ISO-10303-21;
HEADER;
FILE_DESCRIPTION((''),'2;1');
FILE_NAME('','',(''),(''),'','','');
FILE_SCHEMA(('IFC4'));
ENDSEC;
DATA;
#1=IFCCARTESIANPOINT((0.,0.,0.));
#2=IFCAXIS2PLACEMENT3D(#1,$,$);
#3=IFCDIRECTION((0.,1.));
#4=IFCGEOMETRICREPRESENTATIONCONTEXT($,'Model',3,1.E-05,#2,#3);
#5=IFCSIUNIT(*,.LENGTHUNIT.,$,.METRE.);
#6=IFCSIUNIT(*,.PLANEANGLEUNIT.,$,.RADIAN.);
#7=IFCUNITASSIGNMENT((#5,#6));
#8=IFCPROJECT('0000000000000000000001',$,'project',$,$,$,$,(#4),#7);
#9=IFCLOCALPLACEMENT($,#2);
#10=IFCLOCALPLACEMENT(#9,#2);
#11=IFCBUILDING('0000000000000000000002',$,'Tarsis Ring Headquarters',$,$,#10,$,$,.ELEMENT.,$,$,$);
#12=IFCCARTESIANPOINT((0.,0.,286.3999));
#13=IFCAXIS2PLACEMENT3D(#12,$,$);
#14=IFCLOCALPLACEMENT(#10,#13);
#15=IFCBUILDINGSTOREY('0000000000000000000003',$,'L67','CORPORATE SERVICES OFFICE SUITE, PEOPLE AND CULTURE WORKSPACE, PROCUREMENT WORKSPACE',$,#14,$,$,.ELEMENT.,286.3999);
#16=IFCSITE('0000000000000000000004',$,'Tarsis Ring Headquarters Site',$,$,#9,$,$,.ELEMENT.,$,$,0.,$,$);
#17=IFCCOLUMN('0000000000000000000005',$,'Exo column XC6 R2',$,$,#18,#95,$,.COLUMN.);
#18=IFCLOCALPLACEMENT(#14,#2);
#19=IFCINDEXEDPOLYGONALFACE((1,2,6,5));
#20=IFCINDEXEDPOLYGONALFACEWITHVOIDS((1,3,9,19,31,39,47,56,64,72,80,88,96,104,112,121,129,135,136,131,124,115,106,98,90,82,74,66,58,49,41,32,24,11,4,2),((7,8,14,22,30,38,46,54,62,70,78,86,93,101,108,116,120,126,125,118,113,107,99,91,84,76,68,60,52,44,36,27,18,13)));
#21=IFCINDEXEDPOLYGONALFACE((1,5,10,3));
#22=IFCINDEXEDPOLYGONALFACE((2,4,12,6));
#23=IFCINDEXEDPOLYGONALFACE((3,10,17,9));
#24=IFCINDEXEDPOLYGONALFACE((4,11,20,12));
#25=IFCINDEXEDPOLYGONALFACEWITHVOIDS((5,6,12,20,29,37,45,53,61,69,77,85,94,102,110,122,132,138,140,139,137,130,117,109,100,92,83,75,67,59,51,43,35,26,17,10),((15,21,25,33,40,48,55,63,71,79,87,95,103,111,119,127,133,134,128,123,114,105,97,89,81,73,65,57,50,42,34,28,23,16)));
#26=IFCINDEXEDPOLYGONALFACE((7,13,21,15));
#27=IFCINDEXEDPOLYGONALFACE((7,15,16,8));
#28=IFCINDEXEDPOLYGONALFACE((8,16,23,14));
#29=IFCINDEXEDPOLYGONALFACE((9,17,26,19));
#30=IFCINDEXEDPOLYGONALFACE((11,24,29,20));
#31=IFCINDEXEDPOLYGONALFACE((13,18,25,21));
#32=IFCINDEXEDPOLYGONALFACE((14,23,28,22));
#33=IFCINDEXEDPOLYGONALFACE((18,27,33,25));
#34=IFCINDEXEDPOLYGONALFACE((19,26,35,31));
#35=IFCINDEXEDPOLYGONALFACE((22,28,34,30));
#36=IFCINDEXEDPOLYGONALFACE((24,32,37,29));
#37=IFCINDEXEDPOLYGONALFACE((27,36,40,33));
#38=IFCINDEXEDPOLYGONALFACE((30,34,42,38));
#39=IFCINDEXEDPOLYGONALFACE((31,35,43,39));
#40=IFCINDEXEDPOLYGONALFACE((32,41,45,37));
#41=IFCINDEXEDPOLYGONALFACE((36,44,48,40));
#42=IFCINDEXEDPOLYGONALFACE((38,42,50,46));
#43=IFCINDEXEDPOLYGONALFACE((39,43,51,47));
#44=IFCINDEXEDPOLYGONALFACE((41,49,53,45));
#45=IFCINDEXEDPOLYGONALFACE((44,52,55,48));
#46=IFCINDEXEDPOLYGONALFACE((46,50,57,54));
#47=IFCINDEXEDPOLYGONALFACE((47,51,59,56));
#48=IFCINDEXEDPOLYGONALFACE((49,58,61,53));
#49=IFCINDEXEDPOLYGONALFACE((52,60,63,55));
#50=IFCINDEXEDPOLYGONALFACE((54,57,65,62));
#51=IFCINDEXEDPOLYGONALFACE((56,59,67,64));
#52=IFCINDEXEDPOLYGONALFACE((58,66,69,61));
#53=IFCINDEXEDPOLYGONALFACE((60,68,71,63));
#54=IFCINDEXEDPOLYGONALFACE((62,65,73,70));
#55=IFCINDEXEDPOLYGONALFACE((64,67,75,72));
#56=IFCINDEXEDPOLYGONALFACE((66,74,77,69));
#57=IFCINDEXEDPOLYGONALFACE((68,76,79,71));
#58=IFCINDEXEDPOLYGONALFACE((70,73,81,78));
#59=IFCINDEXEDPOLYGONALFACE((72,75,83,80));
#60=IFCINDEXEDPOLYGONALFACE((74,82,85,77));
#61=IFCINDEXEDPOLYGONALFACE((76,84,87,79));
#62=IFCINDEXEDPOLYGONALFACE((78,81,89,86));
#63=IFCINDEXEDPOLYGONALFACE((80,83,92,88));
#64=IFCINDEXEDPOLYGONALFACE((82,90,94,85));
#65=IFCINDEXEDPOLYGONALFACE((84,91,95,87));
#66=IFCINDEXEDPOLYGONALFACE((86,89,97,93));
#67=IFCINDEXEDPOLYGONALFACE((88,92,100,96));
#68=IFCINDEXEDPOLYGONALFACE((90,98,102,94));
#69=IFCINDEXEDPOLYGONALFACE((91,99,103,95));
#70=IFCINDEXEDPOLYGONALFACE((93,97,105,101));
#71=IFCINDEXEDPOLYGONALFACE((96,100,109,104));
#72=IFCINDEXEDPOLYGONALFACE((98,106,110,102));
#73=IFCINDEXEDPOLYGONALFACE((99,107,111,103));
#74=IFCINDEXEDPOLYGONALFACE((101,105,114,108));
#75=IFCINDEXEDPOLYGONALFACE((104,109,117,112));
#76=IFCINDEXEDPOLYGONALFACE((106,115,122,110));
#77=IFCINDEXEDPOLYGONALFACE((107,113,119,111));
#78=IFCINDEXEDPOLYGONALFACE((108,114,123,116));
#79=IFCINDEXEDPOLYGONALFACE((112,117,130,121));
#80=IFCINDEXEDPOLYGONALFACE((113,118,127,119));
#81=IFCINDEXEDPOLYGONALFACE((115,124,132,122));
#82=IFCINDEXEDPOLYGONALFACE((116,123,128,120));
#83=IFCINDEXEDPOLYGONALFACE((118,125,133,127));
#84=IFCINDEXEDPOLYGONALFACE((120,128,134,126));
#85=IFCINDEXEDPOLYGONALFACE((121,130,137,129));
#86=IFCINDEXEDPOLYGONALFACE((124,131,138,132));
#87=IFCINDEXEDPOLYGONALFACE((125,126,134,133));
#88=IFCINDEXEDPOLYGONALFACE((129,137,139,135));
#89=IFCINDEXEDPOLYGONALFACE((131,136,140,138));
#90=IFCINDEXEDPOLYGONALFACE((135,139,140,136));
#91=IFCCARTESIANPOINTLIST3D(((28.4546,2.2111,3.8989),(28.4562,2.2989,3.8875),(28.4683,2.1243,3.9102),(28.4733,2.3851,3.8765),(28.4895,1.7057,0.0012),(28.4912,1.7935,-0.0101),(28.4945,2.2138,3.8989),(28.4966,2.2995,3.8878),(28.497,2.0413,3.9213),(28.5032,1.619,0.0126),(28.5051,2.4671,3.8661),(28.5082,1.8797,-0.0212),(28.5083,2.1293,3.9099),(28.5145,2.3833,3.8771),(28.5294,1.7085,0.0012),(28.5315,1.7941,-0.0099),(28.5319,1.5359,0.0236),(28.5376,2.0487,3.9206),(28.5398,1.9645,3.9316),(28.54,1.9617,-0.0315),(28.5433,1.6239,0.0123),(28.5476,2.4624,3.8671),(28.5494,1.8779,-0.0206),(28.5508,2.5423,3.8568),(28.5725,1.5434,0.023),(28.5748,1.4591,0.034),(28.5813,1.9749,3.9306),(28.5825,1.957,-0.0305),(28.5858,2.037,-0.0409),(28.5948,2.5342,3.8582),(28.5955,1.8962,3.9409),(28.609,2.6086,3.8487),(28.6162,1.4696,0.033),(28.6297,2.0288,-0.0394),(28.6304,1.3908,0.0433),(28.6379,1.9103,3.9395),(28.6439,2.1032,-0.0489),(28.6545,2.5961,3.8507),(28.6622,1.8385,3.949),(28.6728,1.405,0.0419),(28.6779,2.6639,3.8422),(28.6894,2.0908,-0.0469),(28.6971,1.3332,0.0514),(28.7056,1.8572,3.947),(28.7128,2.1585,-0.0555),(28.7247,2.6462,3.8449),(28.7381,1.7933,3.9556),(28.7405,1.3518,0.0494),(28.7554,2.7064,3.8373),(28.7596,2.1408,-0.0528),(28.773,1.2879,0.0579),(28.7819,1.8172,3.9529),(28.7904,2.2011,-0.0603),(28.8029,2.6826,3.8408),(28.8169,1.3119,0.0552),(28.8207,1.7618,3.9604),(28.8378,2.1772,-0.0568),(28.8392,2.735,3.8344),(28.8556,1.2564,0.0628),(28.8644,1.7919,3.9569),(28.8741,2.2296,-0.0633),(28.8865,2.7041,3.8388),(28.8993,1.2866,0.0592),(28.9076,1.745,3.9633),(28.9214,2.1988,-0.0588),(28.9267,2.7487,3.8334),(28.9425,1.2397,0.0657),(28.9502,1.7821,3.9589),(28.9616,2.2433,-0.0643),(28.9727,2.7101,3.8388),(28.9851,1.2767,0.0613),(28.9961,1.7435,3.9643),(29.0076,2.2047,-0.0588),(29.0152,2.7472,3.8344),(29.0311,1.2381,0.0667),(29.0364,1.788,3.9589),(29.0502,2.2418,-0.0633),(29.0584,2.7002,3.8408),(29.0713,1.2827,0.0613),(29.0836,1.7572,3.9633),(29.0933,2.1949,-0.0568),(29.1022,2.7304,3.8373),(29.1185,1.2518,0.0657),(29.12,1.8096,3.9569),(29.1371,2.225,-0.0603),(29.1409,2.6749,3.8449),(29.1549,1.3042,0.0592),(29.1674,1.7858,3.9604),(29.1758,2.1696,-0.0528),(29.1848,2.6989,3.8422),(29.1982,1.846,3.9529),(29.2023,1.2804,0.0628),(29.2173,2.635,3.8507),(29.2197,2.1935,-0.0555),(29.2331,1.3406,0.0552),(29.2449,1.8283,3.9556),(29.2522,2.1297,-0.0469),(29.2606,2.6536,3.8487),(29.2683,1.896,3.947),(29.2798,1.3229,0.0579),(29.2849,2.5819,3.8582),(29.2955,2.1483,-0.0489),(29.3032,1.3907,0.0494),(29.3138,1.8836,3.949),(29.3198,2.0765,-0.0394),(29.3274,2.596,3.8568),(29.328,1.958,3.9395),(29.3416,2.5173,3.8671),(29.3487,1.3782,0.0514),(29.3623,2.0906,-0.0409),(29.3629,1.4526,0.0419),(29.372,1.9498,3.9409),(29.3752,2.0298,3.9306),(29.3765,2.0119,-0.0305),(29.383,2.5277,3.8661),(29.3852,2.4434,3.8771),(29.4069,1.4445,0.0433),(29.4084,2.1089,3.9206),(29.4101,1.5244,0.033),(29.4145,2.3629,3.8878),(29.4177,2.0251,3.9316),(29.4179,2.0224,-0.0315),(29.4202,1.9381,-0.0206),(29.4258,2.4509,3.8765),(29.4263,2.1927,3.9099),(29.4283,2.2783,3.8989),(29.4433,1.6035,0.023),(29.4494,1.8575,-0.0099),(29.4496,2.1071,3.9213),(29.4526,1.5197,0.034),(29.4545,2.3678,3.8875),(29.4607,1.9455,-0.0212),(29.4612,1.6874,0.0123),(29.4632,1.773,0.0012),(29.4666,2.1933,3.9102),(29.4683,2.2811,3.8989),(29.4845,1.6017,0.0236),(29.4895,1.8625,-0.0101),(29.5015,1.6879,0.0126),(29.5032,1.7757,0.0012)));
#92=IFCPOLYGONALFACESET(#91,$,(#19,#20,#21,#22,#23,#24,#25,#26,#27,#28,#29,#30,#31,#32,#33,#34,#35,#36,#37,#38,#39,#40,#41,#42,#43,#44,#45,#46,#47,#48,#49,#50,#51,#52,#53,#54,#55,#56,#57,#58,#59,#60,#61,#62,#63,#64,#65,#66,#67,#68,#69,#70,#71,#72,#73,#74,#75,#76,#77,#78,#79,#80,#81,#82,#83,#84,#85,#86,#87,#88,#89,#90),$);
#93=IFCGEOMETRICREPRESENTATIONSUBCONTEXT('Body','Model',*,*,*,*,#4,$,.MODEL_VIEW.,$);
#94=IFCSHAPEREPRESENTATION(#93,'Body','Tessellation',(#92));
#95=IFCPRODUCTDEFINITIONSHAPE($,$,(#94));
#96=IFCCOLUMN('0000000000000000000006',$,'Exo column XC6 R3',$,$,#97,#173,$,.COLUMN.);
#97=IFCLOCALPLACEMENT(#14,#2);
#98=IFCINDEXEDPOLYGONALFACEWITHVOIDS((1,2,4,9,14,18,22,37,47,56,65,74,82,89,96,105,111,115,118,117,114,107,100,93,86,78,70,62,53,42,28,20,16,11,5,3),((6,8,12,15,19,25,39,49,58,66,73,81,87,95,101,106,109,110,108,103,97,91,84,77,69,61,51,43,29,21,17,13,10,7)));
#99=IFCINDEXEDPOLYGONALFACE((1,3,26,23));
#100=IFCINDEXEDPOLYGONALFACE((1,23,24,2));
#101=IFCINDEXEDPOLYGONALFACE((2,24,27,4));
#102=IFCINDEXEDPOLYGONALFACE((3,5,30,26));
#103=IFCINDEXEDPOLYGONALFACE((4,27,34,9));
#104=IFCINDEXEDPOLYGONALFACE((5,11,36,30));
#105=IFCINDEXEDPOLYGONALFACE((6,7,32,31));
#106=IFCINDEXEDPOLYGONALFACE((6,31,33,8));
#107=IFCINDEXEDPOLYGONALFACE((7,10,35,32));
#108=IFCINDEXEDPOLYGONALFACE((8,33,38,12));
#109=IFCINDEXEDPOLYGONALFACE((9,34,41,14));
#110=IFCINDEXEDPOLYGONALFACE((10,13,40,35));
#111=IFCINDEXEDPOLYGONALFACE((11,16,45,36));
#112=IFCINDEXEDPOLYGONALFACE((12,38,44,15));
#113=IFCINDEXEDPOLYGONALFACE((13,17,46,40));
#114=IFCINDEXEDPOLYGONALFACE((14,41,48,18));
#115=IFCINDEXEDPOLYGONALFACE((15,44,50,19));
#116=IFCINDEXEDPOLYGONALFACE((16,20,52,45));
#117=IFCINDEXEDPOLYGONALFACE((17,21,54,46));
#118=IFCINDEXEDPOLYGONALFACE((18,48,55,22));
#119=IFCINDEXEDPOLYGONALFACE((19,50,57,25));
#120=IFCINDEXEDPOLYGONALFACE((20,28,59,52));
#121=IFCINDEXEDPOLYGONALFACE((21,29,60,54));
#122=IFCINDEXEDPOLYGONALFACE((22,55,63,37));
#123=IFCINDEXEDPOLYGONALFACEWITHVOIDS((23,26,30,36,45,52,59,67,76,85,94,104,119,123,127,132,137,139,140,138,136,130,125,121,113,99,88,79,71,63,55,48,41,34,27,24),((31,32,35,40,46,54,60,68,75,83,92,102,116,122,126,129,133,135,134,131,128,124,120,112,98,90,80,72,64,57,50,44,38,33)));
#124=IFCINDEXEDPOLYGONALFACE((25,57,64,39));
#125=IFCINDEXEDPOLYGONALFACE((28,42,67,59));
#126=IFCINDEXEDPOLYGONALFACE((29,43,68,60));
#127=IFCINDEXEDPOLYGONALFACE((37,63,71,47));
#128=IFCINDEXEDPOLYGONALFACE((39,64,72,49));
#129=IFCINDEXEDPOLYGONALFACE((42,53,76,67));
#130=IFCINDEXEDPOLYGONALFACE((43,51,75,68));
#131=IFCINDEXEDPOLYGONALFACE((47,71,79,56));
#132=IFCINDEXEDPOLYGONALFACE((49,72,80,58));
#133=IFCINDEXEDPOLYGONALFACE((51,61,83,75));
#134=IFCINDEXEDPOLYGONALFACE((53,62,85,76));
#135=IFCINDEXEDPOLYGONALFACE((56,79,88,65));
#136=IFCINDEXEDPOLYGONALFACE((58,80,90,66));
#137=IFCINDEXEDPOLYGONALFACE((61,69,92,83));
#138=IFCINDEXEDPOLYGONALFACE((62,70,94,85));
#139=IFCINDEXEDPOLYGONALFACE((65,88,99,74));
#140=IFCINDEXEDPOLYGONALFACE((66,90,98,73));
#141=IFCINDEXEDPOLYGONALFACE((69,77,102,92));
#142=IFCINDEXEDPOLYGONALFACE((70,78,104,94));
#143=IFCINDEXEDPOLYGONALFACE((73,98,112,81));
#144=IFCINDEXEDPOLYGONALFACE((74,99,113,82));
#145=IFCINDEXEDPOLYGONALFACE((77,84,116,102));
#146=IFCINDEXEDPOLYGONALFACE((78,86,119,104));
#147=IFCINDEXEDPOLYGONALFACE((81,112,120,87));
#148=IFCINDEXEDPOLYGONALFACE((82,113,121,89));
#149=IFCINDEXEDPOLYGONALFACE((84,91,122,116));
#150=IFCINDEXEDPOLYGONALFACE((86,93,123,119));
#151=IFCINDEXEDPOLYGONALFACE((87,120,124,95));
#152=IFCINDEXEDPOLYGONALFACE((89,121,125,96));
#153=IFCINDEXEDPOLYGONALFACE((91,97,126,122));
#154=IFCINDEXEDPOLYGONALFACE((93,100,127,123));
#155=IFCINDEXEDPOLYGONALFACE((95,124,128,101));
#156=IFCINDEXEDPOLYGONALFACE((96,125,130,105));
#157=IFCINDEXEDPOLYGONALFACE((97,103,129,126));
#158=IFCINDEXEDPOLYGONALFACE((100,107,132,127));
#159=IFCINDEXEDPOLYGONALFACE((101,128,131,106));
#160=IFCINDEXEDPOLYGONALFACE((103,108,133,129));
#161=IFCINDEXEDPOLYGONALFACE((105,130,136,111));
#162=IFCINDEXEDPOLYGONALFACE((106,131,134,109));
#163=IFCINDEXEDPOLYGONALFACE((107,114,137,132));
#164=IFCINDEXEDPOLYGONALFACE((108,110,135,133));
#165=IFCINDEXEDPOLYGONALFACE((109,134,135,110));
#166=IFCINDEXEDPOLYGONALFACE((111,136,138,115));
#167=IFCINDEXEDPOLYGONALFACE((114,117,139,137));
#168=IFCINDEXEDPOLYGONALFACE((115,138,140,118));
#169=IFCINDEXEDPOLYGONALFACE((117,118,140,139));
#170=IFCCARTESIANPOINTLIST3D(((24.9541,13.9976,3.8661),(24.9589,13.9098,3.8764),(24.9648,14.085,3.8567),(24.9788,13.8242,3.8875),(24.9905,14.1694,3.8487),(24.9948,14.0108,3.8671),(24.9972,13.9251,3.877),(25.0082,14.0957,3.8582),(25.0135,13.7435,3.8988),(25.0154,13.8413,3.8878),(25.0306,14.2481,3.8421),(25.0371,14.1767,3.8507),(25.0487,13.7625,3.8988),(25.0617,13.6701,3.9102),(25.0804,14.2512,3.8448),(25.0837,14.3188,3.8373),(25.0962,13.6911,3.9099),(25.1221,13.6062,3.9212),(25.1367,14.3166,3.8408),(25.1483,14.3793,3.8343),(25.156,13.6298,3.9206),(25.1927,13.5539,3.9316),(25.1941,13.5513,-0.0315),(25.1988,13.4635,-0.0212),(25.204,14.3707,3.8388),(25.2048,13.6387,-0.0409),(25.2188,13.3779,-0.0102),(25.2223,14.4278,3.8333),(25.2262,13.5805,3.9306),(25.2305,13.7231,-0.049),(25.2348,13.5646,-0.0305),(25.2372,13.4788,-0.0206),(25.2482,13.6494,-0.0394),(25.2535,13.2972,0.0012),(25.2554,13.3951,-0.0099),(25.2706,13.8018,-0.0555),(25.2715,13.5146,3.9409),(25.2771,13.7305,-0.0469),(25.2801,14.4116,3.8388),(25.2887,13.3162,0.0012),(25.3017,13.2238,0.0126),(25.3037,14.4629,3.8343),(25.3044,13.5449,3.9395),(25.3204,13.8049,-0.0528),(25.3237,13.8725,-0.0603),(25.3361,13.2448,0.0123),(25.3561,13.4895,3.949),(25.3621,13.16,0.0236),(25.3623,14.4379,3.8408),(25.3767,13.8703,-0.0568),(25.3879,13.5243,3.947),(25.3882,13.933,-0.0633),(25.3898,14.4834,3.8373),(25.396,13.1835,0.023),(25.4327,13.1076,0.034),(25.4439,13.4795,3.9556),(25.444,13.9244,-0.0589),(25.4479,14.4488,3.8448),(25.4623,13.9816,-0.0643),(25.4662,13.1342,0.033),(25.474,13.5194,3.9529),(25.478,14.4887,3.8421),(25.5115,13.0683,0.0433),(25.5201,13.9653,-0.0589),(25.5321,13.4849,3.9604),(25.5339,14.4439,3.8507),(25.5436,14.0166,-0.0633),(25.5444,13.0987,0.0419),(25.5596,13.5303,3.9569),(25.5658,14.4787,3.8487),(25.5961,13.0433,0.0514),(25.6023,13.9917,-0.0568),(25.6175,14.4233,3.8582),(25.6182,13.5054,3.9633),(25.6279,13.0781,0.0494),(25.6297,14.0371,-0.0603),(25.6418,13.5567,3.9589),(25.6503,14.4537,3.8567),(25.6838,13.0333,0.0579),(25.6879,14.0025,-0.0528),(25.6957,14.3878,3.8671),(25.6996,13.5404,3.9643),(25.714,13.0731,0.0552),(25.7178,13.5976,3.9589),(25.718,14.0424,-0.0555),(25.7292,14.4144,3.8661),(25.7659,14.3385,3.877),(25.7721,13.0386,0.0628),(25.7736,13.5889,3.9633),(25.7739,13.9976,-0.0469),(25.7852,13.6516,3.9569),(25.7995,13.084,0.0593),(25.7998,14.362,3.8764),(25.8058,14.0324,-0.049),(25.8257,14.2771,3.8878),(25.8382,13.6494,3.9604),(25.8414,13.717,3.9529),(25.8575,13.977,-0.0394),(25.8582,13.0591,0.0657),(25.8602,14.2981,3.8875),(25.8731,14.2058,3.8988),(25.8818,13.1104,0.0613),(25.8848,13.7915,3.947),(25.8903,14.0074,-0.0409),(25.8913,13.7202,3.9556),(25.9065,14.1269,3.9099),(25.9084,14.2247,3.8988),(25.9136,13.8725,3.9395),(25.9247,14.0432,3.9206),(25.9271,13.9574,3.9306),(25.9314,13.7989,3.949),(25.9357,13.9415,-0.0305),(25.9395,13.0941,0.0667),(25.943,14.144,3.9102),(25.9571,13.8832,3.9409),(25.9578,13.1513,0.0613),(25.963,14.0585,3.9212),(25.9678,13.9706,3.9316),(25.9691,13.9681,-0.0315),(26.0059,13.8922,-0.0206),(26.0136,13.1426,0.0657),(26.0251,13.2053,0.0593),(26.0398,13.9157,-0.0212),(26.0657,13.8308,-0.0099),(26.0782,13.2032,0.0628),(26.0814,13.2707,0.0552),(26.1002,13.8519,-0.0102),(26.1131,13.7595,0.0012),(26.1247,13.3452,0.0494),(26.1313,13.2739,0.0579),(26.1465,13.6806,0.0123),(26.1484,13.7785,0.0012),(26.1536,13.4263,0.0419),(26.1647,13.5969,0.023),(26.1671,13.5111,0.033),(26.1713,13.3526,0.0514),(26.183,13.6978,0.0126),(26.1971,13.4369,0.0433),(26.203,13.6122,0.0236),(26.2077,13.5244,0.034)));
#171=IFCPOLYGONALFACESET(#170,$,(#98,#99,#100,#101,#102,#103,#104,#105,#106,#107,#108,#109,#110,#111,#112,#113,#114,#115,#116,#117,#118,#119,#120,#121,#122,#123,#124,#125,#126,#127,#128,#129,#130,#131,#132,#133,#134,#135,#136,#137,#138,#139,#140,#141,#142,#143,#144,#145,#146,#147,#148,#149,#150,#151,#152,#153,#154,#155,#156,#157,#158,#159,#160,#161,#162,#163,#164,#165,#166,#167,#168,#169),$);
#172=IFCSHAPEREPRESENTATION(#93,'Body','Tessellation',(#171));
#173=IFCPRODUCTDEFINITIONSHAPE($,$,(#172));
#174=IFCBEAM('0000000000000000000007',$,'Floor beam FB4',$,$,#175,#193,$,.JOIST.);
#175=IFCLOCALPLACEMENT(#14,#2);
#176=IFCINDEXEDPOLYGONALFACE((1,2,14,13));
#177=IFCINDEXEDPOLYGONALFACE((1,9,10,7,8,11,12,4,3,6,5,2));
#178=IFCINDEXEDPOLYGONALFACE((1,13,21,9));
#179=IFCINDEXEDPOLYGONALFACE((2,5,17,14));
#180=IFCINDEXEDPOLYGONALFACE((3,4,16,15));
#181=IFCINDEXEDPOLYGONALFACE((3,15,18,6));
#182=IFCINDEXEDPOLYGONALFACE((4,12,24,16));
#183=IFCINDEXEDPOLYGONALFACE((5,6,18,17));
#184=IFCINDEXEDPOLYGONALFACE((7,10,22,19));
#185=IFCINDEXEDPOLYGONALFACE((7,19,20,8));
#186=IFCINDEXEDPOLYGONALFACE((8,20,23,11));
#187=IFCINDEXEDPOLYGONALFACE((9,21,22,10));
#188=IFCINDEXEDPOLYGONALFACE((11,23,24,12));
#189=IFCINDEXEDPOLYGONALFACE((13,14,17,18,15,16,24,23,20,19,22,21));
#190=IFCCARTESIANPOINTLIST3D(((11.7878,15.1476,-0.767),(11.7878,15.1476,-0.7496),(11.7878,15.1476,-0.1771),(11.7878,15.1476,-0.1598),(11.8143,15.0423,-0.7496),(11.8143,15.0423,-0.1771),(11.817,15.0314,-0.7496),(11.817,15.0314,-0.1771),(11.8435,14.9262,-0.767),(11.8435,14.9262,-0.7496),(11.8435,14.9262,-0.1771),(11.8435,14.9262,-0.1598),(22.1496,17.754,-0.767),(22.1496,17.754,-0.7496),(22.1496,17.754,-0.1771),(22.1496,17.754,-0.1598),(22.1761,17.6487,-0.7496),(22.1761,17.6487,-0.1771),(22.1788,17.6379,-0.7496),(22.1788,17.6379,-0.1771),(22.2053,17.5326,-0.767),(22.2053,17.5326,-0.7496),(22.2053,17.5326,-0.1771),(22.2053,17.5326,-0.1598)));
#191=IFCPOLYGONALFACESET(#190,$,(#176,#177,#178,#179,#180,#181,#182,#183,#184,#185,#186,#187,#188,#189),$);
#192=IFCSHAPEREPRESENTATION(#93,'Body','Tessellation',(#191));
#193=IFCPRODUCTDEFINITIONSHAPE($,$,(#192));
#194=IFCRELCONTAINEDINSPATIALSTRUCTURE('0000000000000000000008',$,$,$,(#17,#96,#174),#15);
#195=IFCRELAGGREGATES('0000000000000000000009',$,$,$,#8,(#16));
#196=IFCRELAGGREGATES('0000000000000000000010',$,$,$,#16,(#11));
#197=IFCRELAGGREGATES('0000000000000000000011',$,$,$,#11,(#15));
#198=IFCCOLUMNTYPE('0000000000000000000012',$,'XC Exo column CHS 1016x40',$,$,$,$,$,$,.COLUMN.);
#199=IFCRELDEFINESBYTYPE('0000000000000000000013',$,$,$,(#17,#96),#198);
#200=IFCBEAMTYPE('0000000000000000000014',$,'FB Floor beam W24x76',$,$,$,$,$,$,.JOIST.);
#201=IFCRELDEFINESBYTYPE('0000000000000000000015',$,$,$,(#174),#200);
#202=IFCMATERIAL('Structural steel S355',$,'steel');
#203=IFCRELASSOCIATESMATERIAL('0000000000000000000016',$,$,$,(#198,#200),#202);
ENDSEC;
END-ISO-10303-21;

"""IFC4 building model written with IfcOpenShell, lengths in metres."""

from ifc_helpers import new_model, si_unit, direction, frame, origin, origin_2d, place, context, subcontext, project, spatial, hollow_circle, i_section, extrude, material, material_profile, profile_set, type_object, element, save


model = new_model("IFC4")

# Units and contexts
model_context = context("Model", 3, precision=1e-05, world=origin(), true_north=direction((0.0, 1.0)))
body_context = subcontext(model_context, "Body", "Model", "MODEL_VIEW")
ifc_project = project(units=[si_unit("LENGTHUNIT", "METRE"), si_unit("PLANEANGLEUNIT", "RADIAN")], contexts=[model_context])

# Site, building, storey
site_placement = place(None, origin())
site = spatial("IfcSite", under=ifc_project, at=site_placement, Name="Tarsis Ring Headquarters Site", CompositionType="ELEMENT", RefElevation=0.0)
building_placement = place(site_placement, origin())
building = spatial("IfcBuilding", under=site, at=building_placement, Name="Tarsis Ring Headquarters", CompositionType="ELEMENT")
storey_placement = place(building_placement, frame((0.0, 0.0, 286.3999)))
storey = spatial("IfcBuildingStorey", under=building, at=storey_placement, Name="L67", Description="CORPORATE SERVICES OFFICE SUITE, PEOPLE AND CULTURE WORKSPACE, PROCUREMENT WORKSPACE", CompositionType="ELEMENT", Elevation=286.3999)

# Columns
ifc_material_1 = material(Name="Structural steel S355", Category="steel")
ifc_material_profile_1 = material_profile(ifc_material_1, hollow_circle(Radius=0.5081, WallThickness=0.04, at=origin_2d()), Name="CHS 1016x40")
ifc_profile_set_1 = profile_set([ifc_material_profile_1], Name="Structural steel S355")
column_type = type_object("IfcColumnType", Name="XC Exo column CHS 1016x40", PredefinedType="COLUMN", material=ifc_profile_set_1)
for number, where, z_axis, x_axis, name in (
    (1, (28.9963, 1.7407, 0.0012), (-0.008882, 0.128577, 0.99166), (-0.997622, -0.068918, 0.0), "Exo column XC6 R2"),
    (2, (25.7009, 13.5378, 0.0012), (-0.061058, 0.113545, 0.991655), (-0.880734, -0.473611, 0.0), "Exo column XC6 R3"),
):
    element("IfcColumn", number, at=place(storey_placement, frame(where, z_axis=z_axis, x_axis=x_axis)), inside=storey, type_object=column_type, Name=name, PredefinedType="COLUMN", context=body_context, shape_type="SweptSolid", body=[
        extrude(hollow_circle(Radius=0.5081, WallThickness=0.04, at=origin_2d()), origin(), (0.0, 0.0, 1.0), 3.9304),
    ])

# Beam
ifc_material_profile_2 = material_profile(ifc_material_1, i_section(OverallWidth=0.2283, OverallDepth=0.6072, WebThickness=0.0112, FlangeThickness=0.0173, at=origin_2d()), Name="W24x76")
ifc_profile_set_2 = profile_set([ifc_material_profile_2], Name="Structural steel S355")
beam_type_1 = type_object("IfcBeamType", Name="FB Floor beam W24x76", PredefinedType="JOIST", material=ifc_profile_set_2)
beam_1_placement = place(storey_placement, frame((11.8157, 15.0369, -0.4634), z_axis=(0.969789, 0.243944, 0.0), x_axis=(-0.243944, 0.969789, 0.0)))
element("IfcBeam", 3, at=beam_1_placement, inside=storey, type_object=beam_type_1, Name="Floor beam FB4", PredefinedType="JOIST", context=body_context, shape_type="SweptSolid", body=[
    extrude(i_section(OverallWidth=0.2283, OverallDepth=0.6072, WebThickness=0.0112, FlangeThickness=0.0173, at=origin_2d()), origin(), (0.0, 0.0, 1.0), 10.6846),
])

save(model, "model.ifc")
